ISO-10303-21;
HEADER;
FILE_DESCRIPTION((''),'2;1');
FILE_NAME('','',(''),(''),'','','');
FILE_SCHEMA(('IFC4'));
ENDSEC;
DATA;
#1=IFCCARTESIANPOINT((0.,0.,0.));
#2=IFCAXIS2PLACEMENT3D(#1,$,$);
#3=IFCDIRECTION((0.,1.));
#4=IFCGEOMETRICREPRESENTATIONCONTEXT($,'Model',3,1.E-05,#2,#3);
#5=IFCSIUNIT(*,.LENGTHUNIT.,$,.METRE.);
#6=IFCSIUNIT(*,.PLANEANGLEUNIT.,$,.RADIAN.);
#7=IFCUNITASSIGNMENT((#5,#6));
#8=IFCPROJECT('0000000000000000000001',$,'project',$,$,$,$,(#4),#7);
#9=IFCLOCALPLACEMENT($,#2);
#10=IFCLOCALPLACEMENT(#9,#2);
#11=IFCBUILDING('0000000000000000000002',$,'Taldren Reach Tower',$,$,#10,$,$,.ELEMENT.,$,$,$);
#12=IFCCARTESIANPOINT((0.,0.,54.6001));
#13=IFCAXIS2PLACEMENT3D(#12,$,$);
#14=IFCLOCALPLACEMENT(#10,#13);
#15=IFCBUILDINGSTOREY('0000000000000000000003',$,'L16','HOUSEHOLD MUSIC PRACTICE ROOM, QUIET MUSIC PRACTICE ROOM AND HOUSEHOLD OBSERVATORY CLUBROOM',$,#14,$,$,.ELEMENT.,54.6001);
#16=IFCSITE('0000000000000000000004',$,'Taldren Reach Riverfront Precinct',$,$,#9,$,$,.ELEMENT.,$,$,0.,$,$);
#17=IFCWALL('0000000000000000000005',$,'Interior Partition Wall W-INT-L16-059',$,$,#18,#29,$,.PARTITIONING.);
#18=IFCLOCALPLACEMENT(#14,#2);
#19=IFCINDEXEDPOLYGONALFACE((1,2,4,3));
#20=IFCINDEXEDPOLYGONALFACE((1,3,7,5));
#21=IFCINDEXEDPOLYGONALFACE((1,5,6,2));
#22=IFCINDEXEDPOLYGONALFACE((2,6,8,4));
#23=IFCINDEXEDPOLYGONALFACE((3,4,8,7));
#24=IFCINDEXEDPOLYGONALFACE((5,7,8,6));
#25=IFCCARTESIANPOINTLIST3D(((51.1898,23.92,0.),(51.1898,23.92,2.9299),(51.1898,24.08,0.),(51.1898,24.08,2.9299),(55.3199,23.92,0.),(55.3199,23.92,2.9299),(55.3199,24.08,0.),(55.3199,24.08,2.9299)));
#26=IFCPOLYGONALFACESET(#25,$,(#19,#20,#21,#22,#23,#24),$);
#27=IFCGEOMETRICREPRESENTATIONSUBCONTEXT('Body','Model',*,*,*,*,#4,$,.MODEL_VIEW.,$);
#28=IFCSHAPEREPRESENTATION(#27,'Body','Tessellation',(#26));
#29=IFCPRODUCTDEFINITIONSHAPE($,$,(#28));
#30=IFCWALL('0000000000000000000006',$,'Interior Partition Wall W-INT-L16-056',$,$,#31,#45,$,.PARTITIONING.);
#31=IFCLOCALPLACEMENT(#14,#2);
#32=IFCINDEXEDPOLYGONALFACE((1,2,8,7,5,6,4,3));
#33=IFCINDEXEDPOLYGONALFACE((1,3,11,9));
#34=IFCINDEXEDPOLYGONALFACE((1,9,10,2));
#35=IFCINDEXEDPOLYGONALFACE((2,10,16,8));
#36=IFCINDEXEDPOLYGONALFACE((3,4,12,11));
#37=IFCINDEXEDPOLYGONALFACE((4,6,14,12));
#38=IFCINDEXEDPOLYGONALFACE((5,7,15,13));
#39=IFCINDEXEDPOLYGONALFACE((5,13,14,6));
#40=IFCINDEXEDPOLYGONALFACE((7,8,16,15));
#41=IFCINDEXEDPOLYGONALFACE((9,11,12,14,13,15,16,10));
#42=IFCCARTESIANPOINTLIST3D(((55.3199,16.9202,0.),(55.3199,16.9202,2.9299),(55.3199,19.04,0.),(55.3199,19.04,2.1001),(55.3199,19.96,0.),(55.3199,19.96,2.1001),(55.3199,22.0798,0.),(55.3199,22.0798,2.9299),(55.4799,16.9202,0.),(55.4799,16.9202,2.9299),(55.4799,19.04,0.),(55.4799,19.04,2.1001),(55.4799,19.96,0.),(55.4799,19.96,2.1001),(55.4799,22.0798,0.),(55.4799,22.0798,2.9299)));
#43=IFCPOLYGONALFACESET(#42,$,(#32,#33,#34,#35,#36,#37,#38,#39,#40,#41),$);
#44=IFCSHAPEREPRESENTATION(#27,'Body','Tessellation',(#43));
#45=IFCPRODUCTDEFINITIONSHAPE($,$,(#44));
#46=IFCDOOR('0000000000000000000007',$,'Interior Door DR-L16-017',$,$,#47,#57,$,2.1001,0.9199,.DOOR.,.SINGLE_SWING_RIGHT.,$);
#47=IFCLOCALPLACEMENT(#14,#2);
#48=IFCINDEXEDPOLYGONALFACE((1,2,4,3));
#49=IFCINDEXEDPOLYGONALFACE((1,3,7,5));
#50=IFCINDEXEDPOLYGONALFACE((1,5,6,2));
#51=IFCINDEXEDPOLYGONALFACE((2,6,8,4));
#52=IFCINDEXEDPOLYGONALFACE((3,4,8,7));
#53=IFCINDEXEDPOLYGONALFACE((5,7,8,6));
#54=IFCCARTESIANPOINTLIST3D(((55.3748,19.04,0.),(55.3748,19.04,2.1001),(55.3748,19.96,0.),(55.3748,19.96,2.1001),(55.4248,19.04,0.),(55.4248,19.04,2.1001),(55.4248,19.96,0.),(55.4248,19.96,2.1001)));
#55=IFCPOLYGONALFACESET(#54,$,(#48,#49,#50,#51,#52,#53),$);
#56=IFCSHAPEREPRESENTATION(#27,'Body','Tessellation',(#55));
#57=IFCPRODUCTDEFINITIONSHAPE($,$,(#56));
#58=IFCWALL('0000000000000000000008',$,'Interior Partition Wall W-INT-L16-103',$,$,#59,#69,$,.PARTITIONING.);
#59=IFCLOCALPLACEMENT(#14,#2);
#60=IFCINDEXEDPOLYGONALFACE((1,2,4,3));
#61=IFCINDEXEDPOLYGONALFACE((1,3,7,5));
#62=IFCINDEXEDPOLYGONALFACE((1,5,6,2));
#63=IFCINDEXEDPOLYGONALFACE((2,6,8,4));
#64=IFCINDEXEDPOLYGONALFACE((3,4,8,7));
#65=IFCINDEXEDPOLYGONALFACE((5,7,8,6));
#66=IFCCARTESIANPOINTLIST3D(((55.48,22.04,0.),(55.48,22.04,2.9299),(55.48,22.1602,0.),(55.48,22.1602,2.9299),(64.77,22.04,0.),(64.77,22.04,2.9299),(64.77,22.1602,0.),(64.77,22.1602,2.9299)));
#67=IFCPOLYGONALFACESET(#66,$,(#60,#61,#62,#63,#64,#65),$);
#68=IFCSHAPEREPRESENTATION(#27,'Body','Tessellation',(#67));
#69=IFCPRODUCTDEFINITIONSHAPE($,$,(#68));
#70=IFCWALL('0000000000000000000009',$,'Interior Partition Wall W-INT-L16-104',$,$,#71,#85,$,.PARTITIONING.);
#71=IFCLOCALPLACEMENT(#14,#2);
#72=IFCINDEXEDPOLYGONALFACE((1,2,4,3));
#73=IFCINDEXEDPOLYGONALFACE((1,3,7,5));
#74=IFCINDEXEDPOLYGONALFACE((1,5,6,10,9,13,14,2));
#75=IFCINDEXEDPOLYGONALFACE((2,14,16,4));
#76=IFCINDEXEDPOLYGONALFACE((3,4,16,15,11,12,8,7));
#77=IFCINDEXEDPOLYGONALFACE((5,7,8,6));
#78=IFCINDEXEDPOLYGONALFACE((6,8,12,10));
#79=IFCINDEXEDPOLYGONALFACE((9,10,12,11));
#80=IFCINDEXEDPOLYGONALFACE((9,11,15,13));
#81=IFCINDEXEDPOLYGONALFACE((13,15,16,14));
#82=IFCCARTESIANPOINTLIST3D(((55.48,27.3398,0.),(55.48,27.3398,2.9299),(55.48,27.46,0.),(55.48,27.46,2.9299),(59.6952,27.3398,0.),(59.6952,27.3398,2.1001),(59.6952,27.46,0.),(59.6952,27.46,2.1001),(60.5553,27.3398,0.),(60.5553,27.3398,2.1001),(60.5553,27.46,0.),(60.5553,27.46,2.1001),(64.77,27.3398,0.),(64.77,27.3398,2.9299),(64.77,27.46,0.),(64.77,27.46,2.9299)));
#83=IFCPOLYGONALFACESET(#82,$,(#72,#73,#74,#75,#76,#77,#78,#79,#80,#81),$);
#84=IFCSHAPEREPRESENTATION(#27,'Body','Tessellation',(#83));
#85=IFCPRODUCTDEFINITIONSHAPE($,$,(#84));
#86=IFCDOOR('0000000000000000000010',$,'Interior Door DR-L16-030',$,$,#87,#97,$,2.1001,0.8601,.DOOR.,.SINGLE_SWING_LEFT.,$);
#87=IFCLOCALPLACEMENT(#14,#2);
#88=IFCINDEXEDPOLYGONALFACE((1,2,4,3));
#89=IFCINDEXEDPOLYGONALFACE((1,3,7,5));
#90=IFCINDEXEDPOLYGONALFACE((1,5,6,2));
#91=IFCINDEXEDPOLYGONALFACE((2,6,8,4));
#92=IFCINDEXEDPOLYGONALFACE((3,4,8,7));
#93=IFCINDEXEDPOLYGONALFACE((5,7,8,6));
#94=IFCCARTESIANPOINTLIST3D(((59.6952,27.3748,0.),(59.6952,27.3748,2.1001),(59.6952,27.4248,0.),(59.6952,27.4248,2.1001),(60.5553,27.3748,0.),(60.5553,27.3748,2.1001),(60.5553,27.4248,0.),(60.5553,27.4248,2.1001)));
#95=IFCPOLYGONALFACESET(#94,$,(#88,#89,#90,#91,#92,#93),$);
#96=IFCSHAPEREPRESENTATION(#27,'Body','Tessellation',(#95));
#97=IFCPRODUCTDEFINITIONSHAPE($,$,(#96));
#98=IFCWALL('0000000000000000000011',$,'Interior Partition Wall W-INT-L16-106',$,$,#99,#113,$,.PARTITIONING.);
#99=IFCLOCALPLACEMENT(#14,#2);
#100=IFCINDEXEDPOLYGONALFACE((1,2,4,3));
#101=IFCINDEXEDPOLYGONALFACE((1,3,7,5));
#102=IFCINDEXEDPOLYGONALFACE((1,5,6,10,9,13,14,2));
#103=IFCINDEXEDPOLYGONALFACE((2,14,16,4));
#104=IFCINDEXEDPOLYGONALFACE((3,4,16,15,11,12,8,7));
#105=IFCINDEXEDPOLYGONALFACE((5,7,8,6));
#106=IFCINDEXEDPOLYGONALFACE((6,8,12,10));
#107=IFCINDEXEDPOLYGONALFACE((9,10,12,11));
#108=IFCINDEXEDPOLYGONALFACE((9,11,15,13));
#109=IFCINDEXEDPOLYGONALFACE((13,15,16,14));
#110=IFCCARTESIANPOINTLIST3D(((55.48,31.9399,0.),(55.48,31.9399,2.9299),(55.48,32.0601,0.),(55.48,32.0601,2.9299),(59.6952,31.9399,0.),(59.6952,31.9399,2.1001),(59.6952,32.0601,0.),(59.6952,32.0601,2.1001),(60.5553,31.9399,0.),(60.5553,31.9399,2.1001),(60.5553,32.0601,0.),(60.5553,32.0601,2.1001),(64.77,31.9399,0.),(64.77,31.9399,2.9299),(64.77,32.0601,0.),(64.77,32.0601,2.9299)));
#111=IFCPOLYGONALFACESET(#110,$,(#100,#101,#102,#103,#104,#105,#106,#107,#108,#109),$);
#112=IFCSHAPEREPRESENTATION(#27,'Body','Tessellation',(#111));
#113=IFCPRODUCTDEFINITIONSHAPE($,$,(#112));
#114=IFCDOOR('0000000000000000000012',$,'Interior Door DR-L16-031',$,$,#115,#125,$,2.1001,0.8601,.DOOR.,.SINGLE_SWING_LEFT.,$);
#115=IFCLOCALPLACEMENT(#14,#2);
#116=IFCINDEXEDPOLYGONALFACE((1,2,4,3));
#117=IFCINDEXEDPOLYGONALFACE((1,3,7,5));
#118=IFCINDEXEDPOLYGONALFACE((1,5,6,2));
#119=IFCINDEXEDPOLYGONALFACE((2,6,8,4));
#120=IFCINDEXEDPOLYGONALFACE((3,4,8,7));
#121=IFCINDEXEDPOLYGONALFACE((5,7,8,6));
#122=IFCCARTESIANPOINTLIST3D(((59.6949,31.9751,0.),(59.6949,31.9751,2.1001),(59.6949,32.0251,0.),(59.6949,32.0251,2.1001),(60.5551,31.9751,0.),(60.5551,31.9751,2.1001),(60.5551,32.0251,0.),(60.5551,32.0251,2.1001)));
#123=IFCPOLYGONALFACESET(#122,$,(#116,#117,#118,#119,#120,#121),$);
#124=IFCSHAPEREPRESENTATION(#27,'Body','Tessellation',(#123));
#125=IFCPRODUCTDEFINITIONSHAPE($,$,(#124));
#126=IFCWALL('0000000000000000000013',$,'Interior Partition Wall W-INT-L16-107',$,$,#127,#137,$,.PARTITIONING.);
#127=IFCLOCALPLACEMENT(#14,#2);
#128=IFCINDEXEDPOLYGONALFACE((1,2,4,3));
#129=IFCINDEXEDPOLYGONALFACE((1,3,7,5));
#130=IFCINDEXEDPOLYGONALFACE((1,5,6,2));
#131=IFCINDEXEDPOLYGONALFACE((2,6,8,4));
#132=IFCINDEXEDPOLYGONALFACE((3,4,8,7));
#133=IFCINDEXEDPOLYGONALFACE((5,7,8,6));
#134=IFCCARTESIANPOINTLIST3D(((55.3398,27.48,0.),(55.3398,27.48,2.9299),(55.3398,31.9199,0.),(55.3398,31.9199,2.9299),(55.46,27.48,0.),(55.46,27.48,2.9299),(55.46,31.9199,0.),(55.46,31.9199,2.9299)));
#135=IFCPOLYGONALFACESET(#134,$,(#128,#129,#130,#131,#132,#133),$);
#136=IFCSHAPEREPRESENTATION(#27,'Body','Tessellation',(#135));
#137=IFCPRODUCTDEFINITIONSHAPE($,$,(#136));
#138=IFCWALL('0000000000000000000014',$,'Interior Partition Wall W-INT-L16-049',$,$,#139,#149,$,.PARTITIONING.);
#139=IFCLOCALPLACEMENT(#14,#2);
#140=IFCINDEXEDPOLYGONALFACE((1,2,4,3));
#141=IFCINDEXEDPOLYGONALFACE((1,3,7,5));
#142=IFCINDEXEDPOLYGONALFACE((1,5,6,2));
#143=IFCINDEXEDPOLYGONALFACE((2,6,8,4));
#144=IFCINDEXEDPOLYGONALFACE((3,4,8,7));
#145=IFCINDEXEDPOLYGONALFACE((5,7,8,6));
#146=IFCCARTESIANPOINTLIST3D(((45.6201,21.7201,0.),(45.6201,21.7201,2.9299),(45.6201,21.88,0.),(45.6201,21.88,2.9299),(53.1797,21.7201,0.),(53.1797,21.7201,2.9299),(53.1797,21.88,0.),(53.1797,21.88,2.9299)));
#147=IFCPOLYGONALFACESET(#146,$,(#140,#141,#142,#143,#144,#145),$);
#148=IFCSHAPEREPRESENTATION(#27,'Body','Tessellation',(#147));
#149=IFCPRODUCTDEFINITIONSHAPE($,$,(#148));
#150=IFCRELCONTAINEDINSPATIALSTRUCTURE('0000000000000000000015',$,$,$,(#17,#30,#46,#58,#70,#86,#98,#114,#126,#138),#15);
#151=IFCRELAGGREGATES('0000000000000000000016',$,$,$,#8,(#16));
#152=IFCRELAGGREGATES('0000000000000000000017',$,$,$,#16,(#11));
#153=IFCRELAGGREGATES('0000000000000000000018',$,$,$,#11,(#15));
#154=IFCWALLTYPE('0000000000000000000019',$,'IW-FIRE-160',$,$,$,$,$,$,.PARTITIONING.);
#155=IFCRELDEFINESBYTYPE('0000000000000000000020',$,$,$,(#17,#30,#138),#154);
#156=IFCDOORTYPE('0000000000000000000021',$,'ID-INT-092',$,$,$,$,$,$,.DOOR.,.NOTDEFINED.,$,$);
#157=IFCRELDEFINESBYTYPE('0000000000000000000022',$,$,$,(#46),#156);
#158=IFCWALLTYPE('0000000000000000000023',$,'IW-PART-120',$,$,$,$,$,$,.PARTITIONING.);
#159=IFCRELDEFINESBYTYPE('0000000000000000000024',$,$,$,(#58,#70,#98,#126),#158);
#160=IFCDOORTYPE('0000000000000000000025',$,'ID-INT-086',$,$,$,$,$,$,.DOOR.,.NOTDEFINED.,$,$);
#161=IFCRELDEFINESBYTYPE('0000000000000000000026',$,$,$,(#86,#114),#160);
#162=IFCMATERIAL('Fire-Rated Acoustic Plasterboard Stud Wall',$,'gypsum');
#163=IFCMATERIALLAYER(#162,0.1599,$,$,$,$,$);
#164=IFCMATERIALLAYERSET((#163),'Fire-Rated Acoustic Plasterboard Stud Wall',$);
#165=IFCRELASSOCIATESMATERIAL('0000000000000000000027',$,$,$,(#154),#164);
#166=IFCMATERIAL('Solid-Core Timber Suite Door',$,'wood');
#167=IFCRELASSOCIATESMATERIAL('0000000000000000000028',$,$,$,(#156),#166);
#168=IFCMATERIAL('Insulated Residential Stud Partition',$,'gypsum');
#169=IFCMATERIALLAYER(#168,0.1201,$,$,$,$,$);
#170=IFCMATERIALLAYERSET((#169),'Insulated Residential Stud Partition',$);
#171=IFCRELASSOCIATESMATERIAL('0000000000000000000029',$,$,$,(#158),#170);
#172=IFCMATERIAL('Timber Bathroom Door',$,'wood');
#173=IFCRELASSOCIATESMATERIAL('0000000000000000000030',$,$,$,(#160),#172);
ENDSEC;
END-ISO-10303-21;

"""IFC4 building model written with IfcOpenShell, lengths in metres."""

from ifc_helpers import new_model, si_unit, direction, frame, frame_2d, origin, place, context, subcontext, project, spatial, rectangle, extrude, source, transform, mapped, material, layer, layer_set, type_object, element, fill, save


model = new_model("IFC4")

# Units and contexts
model_context = context("Model", 3, precision=1e-05, world=origin(), true_north=direction((0.0, 1.0)))
body_context = subcontext(model_context, "Body", "Model", "MODEL_VIEW")
ifc_project = project(units=[si_unit("LENGTHUNIT", "METRE"), si_unit("PLANEANGLEUNIT", "RADIAN")], contexts=[model_context])

# Site, building, storey
site_placement = place(None, origin())
site = spatial("IfcSite", under=ifc_project, at=site_placement, Name="Taldren Reach Riverfront Precinct", CompositionType="ELEMENT", RefElevation=0.0)
building_placement = place(site_placement, origin())
building = spatial("IfcBuilding", under=site, at=building_placement, Name="Taldren Reach Tower", CompositionType="ELEMENT")
storey_placement = place(building_placement, frame((0.0, 0.0, 54.6001)))
storey = spatial("IfcBuildingStorey", under=building, at=storey_placement, Name="L16", Description="HOUSEHOLD MUSIC PRACTICE ROOM, QUIET MUSIC PRACTICE ROOM AND HOUSEHOLD OBSERVATORY CLUBROOM", CompositionType="ELEMENT", Elevation=54.6001)

# Wall
ifc_material_1 = material(Name="Fire-Rated Acoustic Plasterboard Stud Wall", Category="gypsum")
ifc_layer_1 = layer(ifc_material_1, 0.1599)
ifc_layer_set_1 = layer_set([ifc_layer_1], Name="Fire-Rated Acoustic Plasterboard Stud Wall")
wall_type_1 = type_object("IfcWallType", Name="IW-FIRE-160", PredefinedType="PARTITIONING", material=ifc_layer_set_1)
shared_shape_1 = source(origin(), body_context, "Body", "SweptSolid", [
    extrude(rectangle(XDim=4.1301, YDim=0.1599, at=frame_2d((2.0649, 0.0))), origin(), (0.0, 0.0, 1.0), 2.9299),
])
wall_1_placement = place(storey_placement, frame((51.1899, 24.0, 0.0), z_axis=(0.0, 0.0, 1.0), x_axis=(1.0, 0.0, 0.0)))
element("IfcWall", 1, at=wall_1_placement, inside=storey, type_object=wall_type_1, Name="Interior Partition Wall W-INT-L16-059", PredefinedType="PARTITIONING", context=body_context, shape_type="MappedRepresentation", body=[
    mapped(shared_shape_1, transform((0.0, 0.0, 0.0), scale=1.0)),
])

# Wall, opening, door
shared_shape_2 = source(origin(), body_context, "Body", "SweptSolid", [
    extrude(rectangle(XDim=5.1597, YDim=0.1599, at=frame_2d((2.5798, 0.0))), origin(), (0.0, 0.0, 1.0), 2.9299),
])
wall_2_placement = place(storey_placement, frame((55.3999, 22.0798, 0.0), z_axis=(0.0, 0.0, 1.0), x_axis=(0.0, -1.0, 0.0)))
wall_2 = element("IfcWall", 2, at=wall_2_placement, inside=storey, type_object=wall_type_1, Name="Interior Partition Wall W-INT-L16-056", PredefinedType="PARTITIONING", context=body_context, shape_type="MappedRepresentation", body=[
    mapped(shared_shape_2, transform((0.0, 0.0, 0.0), scale=1.0)),
])
shared_shape_3 = source(origin(), body_context, "Body", "SweptSolid", [
    extrude(rectangle(XDim=0.9199, YDim=2.1001, at=frame_2d((0.46, 1.05))), frame((0.0, 0.0898, 0.0), z_axis=(0.0, -1.0, 0.0), x_axis=(1.0, 0.0, 0.0)), (0.0, 0.0, 1.0), 0.1799),
])
opening_1_placement = place(wall_2_placement, frame((2.1199, 0.0, 0.0)))
opening_1 = element("IfcOpeningElement", 3, at=opening_1_placement, cuts=wall_2, PredefinedType="OPENING", context=body_context, shape_type="MappedRepresentation", body=[
    mapped(shared_shape_3, transform((0.0, 0.0, 0.0), scale=1.0)),
])
ifc_material_2 = material(Name="Solid-Core Timber Suite Door", Category="wood")
door_type_1 = type_object("IfcDoorType", Name="ID-INT-092", OperationType="NOTDEFINED", PredefinedType="DOOR", material=ifc_material_2)
shared_shape_4 = source(origin(), body_context, "Body", "SweptSolid", [
    extrude(rectangle(XDim=0.9199, YDim=2.1001, at=frame_2d((0.46, 1.05))), frame((0.0, 0.0249, 0.0), z_axis=(0.0, -1.0, 0.0), x_axis=(1.0, 0.0, 0.0)), (0.0, 0.0, 1.0), 0.05),
])
door_1_placement = place(opening_1_placement, origin())
door_1 = element("IfcDoor", 4, at=door_1_placement, inside=storey, type_object=door_type_1, Name="Interior Door DR-L16-017", OperationType="SINGLE_SWING_RIGHT", OverallHeight=2.1001, OverallWidth=0.9199, PredefinedType="DOOR", context=body_context, shape_type="MappedRepresentation", body=[
    mapped(shared_shape_4, transform((0.0, 0.0, 0.0), scale=1.0)),
])
fill(opening_1, door_1)

# Wall
ifc_material_3 = material(Name="Insulated Residential Stud Partition", Category="gypsum")
ifc_layer_2 = layer(ifc_material_3, 0.1201)
ifc_layer_set_2 = layer_set([ifc_layer_2], Name="Insulated Residential Stud Partition")
wall_type_2 = type_object("IfcWallType", Name="IW-PART-120", PredefinedType="PARTITIONING", material=ifc_layer_set_2)
shared_shape_5 = source(origin(), body_context, "Body", "SweptSolid", [
    extrude(rectangle(XDim=9.29, YDim=0.1201, at=frame_2d((4.645, 0.0))), origin(), (0.0, 0.0, 1.0), 2.9299),
])
wall_3_placement = place(storey_placement, frame((55.48, 22.1001, 0.0), z_axis=(0.0, 0.0, 1.0), x_axis=(1.0, 0.0, 0.0)))
element("IfcWall", 5, at=wall_3_placement, inside=storey, type_object=wall_type_2, Name="Interior Partition Wall W-INT-L16-103", PredefinedType="PARTITIONING", context=body_context, shape_type="MappedRepresentation", body=[
    mapped(shared_shape_5, transform((0.0, 0.0, 0.0), scale=1.0)),
])

# Walls, openings, doors
wall_4_placement = place(storey_placement, frame((55.48, 27.3999, 0.0), z_axis=(0.0, 0.0, 1.0), x_axis=(1.0, 0.0, 0.0)))
wall_4 = element("IfcWall", 6, at=wall_4_placement, inside=storey, type_object=wall_type_2, Name="Interior Partition Wall W-INT-L16-104", PredefinedType="PARTITIONING", context=body_context, shape_type="MappedRepresentation", body=[
    mapped(shared_shape_5, transform((0.0, 0.0, 0.0), scale=1.0)),
])
shared_shape_6 = source(origin(), body_context, "Body", "SweptSolid", [
    extrude(rectangle(XDim=0.8601, YDim=2.1001, at=frame_2d((0.4302, 1.05))), frame((0.0, 0.0701, 0.0), z_axis=(0.0, -1.0, 0.0), x_axis=(1.0, 0.0, 0.0)), (0.0, 0.0, 1.0), 0.1401),
])
opening_2_placement = place(wall_4_placement, frame((4.2151, 0.0, 0.0)))
opening_2 = element("IfcOpeningElement", 7, at=opening_2_placement, cuts=wall_4, PredefinedType="OPENING", context=body_context, shape_type="MappedRepresentation", body=[
    mapped(shared_shape_6, transform((0.0, 0.0, 0.0), scale=1.0)),
])
ifc_material_4 = material(Name="Timber Bathroom Door", Category="wood")
door_type_2 = type_object("IfcDoorType", Name="ID-INT-086", OperationType="NOTDEFINED", PredefinedType="DOOR", material=ifc_material_4)
shared_shape_7 = source(origin(), body_context, "Body", "SweptSolid", [
    extrude(rectangle(XDim=0.8601, YDim=2.1001, at=frame_2d((0.4302, 1.05))), frame((0.0, 0.0249, 0.0), z_axis=(0.0, -1.0, 0.0), x_axis=(1.0, 0.0, 0.0)), (0.0, 0.0, 1.0), 0.05),
])
door_2_placement = place(opening_2_placement, origin())
door_2 = element("IfcDoor", 8, at=door_2_placement, inside=storey, type_object=door_type_2, Name="Interior Door DR-L16-030", OperationType="SINGLE_SWING_LEFT", OverallHeight=2.1001, OverallWidth=0.8601, PredefinedType="DOOR", context=body_context, shape_type="MappedRepresentation", body=[
    mapped(shared_shape_7, transform((0.0, 0.0, 0.0), scale=1.0)),
])
fill(opening_2, door_2)
wall_5_placement = place(storey_placement, frame((55.48, 32.0, 0.0), z_axis=(0.0, 0.0, 1.0), x_axis=(1.0, 0.0, 0.0)))
wall_5 = element("IfcWall", 9, at=wall_5_placement, inside=storey, type_object=wall_type_2, Name="Interior Partition Wall W-INT-L16-106", PredefinedType="PARTITIONING", context=body_context, shape_type="MappedRepresentation", body=[
    mapped(shared_shape_5, transform((0.0, 0.0, 0.0), scale=1.0)),
])
opening_3_placement = place(wall_5_placement, frame((4.2151, 0.0, 0.0)))
opening_3 = element("IfcOpeningElement", 10, at=opening_3_placement, cuts=wall_5, PredefinedType="OPENING", context=body_context, shape_type="MappedRepresentation", body=[
    mapped(shared_shape_6, transform((0.0, 0.0, 0.0), scale=1.0)),
])
door_3_placement = place(opening_3_placement, frame((0.8601, 0.0, 0.0), z_axis=(0.0, 0.0, 1.0), x_axis=(-1.0, 0.0, 0.0)))
door_3 = element("IfcDoor", 11, at=door_3_placement, inside=storey, type_object=door_type_2, Name="Interior Door DR-L16-031", OperationType="SINGLE_SWING_LEFT", OverallHeight=2.1001, OverallWidth=0.8601, PredefinedType="DOOR", context=body_context, shape_type="MappedRepresentation", body=[
    mapped(shared_shape_7, transform((0.0, 0.0, 0.0), scale=1.0)),
])
fill(opening_3, door_3)

# Walls
shared_shape_8 = source(origin(), body_context, "Body", "SweptSolid", [
    extrude(rectangle(XDim=4.4399, YDim=0.1201, at=frame_2d((2.22, 0.0))), origin(), (0.0, 0.0, 1.0), 2.9299),
])
wall_6_placement = place(storey_placement, frame((55.3999, 27.48, 0.0), z_axis=(0.0, 0.0, 1.0), x_axis=(0.0, 1.0, 0.0)))
element("IfcWall", 12, at=wall_6_placement, inside=storey, type_object=wall_type_2, Name="Interior Partition Wall W-INT-L16-107", PredefinedType="PARTITIONING", context=body_context, shape_type="MappedRepresentation", body=[
    mapped(shared_shape_8, transform((0.0, 0.0, 0.0), scale=1.0)),
])
shared_shape_9 = source(origin(), body_context, "Body", "SweptSolid", [
    extrude(rectangle(XDim=7.5596, YDim=0.1599, at=frame_2d((3.7798, 0.0))), origin(), (0.0, 0.0, 1.0), 2.9299),
])
wall_7_placement = place(storey_placement, frame((53.1797, 21.8, 0.0), z_axis=(0.0, 0.0, 1.0), x_axis=(-1.0, 0.0, 0.0)))
element("IfcWall", 13, at=wall_7_placement, inside=storey, type_object=wall_type_1, Name="Interior Partition Wall W-INT-L16-049", PredefinedType="PARTITIONING", context=body_context, shape_type="MappedRepresentation", body=[
    mapped(shared_shape_9, transform((0.0, 0.0, 0.0), scale=1.0)),
])

save(model, "model.ifc")
